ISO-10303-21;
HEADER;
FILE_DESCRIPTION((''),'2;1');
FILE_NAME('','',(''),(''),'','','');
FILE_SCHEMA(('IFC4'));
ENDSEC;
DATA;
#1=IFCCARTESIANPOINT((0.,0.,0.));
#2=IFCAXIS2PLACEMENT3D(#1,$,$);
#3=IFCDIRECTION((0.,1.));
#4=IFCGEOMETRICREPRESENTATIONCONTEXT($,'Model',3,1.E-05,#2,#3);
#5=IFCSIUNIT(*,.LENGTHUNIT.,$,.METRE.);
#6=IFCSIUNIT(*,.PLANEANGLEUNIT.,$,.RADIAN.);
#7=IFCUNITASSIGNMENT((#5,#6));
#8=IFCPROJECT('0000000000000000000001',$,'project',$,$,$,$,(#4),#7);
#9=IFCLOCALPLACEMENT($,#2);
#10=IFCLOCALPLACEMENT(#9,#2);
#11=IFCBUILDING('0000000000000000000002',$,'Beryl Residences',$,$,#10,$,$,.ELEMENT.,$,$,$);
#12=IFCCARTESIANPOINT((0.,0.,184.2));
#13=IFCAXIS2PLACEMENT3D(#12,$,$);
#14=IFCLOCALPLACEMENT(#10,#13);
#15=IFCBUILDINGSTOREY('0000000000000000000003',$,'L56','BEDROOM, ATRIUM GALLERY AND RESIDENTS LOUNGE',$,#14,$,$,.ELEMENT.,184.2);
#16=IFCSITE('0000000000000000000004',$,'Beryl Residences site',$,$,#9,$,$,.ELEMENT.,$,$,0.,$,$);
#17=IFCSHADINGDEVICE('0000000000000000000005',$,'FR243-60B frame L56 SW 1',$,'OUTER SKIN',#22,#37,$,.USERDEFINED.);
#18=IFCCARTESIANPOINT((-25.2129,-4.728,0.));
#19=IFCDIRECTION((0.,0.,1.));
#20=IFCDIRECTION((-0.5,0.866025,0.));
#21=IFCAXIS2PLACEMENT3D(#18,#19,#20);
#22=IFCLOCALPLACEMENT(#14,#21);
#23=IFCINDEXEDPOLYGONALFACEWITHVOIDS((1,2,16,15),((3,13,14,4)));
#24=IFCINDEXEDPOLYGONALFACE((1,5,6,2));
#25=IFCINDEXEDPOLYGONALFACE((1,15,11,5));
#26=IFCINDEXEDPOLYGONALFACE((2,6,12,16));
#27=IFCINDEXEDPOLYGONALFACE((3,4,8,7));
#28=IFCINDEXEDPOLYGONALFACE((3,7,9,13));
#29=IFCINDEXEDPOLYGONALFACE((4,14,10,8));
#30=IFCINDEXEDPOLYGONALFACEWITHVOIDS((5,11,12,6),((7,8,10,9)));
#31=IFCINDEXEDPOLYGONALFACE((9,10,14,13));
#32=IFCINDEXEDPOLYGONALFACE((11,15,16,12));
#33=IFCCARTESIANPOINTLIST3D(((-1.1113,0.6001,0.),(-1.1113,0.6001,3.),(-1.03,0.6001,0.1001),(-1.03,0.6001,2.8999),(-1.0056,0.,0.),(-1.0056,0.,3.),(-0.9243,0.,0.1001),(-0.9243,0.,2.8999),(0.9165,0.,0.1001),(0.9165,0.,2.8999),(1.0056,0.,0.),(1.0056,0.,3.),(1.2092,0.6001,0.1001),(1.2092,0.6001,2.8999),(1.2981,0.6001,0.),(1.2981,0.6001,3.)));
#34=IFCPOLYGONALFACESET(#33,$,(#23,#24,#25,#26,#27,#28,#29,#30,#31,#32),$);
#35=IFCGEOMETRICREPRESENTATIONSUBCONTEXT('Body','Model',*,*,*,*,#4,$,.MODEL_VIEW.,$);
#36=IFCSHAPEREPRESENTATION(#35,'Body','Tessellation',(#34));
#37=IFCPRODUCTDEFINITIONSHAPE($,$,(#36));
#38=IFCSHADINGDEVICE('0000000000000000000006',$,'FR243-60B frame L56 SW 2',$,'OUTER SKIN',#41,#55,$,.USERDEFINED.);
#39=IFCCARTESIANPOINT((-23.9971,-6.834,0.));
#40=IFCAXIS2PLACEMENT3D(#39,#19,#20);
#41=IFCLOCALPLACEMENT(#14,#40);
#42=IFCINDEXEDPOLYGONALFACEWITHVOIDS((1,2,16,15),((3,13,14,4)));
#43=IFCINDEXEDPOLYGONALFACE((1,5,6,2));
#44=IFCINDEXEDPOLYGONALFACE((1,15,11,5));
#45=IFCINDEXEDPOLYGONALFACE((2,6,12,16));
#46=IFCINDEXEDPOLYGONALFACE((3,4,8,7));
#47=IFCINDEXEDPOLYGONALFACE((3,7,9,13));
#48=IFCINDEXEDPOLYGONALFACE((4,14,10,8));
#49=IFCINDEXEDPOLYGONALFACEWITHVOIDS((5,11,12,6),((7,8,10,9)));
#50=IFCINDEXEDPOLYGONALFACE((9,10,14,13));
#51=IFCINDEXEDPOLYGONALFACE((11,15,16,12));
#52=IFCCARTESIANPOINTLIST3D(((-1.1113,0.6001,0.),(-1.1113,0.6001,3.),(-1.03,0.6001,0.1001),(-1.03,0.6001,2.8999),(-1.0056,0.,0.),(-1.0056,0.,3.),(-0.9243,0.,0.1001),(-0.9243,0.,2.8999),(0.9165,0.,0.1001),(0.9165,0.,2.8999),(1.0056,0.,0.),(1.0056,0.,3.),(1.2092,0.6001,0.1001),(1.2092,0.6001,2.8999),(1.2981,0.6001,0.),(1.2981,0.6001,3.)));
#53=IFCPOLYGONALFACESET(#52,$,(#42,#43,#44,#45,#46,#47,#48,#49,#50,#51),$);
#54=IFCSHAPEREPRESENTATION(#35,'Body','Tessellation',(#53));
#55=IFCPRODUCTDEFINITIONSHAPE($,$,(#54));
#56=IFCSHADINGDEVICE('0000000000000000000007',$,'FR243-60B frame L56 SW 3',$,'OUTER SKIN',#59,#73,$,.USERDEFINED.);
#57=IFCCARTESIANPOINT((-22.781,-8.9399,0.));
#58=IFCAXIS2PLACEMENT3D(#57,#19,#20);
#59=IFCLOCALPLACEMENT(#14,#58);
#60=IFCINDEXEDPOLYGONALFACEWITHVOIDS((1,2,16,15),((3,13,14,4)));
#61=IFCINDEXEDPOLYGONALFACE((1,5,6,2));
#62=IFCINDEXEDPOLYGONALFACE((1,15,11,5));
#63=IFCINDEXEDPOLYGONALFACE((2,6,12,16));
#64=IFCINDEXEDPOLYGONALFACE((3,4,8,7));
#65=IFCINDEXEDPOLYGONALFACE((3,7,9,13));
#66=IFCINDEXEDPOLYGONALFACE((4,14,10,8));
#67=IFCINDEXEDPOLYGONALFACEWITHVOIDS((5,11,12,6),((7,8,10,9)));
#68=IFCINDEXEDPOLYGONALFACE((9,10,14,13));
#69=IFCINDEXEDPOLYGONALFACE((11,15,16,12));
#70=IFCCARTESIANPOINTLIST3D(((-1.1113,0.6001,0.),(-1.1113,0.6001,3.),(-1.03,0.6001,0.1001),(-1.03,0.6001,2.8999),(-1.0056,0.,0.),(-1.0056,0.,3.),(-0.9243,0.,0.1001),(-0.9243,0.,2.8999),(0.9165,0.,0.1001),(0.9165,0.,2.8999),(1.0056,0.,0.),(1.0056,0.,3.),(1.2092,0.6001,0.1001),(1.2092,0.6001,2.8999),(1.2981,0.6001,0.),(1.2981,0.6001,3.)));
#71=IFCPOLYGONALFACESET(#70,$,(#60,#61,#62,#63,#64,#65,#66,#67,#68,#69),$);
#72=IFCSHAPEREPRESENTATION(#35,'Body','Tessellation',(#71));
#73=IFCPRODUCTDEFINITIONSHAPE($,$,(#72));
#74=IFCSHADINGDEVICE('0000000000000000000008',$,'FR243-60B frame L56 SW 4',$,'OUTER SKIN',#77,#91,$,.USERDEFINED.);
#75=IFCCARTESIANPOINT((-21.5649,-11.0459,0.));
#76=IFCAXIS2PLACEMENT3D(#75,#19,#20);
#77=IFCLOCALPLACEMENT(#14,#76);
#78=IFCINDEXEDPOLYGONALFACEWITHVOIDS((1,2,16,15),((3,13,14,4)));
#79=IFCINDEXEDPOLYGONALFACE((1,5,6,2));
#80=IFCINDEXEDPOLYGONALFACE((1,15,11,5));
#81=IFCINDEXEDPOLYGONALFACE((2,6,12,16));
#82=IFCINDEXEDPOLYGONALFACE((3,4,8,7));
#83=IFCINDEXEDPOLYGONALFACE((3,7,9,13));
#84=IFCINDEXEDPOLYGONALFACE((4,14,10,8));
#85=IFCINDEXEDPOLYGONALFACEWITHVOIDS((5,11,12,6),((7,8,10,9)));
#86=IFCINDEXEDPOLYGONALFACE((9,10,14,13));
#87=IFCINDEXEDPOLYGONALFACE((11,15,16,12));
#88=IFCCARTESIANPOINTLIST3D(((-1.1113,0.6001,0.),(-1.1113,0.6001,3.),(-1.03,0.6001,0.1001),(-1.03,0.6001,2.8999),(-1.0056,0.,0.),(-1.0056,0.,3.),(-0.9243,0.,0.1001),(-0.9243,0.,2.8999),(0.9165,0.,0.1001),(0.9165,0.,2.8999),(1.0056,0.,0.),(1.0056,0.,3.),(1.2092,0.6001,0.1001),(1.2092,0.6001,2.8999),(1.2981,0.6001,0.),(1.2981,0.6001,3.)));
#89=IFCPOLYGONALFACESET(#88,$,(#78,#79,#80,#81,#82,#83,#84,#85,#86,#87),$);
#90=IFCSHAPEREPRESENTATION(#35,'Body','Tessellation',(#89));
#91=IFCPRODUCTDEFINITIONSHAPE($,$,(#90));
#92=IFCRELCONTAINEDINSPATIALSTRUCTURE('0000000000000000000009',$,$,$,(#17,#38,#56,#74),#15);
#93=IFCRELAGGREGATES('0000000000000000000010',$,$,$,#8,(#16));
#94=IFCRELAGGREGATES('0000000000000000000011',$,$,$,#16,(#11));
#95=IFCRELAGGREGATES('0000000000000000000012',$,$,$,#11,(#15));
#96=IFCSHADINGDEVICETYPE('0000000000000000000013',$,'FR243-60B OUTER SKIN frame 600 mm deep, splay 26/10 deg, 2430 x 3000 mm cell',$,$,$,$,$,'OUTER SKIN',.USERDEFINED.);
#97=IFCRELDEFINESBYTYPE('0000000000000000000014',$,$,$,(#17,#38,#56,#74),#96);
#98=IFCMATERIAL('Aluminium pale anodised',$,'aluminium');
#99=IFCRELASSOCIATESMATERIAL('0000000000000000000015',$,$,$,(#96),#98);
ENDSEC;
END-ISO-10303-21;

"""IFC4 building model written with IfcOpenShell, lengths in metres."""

from ifc_helpers import new_model, entity, si_unit, direction, frame, origin, place, context, subcontext, project, spatial, source, transform, mapped, material, type_object, type_shapes, element, save


model = new_model("IFC4")

# Units and contexts
model_context = context("Model", 3, precision=1e-05, world=origin(), true_north=direction((0.0, 1.0)))
body_context = subcontext(model_context, "Body", "Model", "MODEL_VIEW")
ifc_project = project(units=[si_unit("LENGTHUNIT", "METRE"), si_unit("PLANEANGLEUNIT", "RADIAN")], contexts=[model_context])

# Site, building, storey
site_placement = place(None, origin())
site = spatial("IfcSite", under=ifc_project, at=site_placement, Name="Beryl Residences site", CompositionType="ELEMENT", RefElevation=0.0)
building_placement = place(site_placement, origin())
building = spatial("IfcBuilding", under=site, at=building_placement, Name="Beryl Residences", CompositionType="ELEMENT")
storey_placement = place(building_placement, frame((0.0, 0.0, 184.2)))
storey = spatial("IfcBuildingStorey", under=building, at=storey_placement, Name="L56", Description="BEDROOM, ATRIUM GALLERY AND RESIDENTS LOUNGE", CompositionType="ELEMENT", Elevation=184.2)

# Shading devices
ifc_material_1 = material(Name="Aluminium pale anodised", Category="aluminium")
shading_device_type = type_object("IfcShadingDeviceType", Name="FR243-60B OUTER SKIN frame 600 mm deep, splay 26/10 deg, 2430 x 3000 mm cell", ElementType="OUTER SKIN", PredefinedType="USERDEFINED", material=ifc_material_1)
cartesian_point_1 = entity("IfcCartesianPoint", [-1.0056, 0.0])
cartesian_point_2 = entity("IfcCartesianPoint", [-0.9165, 0.1001])
cartesian_point_3 = entity("IfcCartesianPoint", [-1.2981, 0.0])
cartesian_point_4 = entity("IfcCartesianPoint", [-1.2092, 0.1001])
shared_shape_1 = source(origin(), body_context, "Body", "SweptSolid", [
    entity("IfcExtrudedAreaSolidTapered", entity("IfcArbitraryProfileDefWithVoids", "AREA", None, entity("IfcPolyline", [cartesian_point_1, entity("IfcCartesianPoint", [1.0056, 0.0]), entity("IfcCartesianPoint", [1.0056, 3.0]), entity("IfcCartesianPoint", [-1.0056, 3.0]), cartesian_point_1]), [entity("IfcPolyline", [cartesian_point_2, entity("IfcCartesianPoint", [0.9243, 0.1001]), entity("IfcCartesianPoint", [0.9243, 2.8999]), entity("IfcCartesianPoint", [-0.9165, 2.8999]), cartesian_point_2])]), entity("IfcAxis2Placement3D", entity("IfcCartesianPoint", [0.0, 0.0, 0.0]), entity("IfcDirection", [0.0, 1.0, 0.0]), entity("IfcDirection", [-1.0, 0.0, 0.0])), entity("IfcDirection", [0.0, 0.0, 1.0]), 0.6001, entity("IfcArbitraryProfileDefWithVoids", "AREA", None, entity("IfcPolyline", [cartesian_point_3, entity("IfcCartesianPoint", [1.1113, 0.0]), entity("IfcCartesianPoint", [1.1113, 3.0]), entity("IfcCartesianPoint", [-1.2981, 3.0]), cartesian_point_3]), [entity("IfcPolyline", [cartesian_point_4, entity("IfcCartesianPoint", [1.03, 0.1001]), entity("IfcCartesianPoint", [1.03, 2.8999]), entity("IfcCartesianPoint", [-1.2092, 2.8999]), cartesian_point_4])])),
])
type_shapes(shading_device_type, [shared_shape_1])
for number, where, z_axis, x_axis, name in (
    (1, (-25.2129, -4.728, 0.0), (0.0, 0.0, 1.0), (-0.5, 0.866025, 0.0), "FR243-60B frame L56 SW 1"),
    (2, (-23.9971, -6.834, 0.0), (0.0, 0.0, 1.0), (-0.5, 0.866025, 0.0), "FR243-60B frame L56 SW 2"),
    (3, (-22.781, -8.9399, 0.0), (0.0, 0.0, 1.0), (-0.5, 0.866025, 0.0), "FR243-60B frame L56 SW 3"),
    (4, (-21.5649, -11.0459, 0.0), (0.0, 0.0, 1.0), (-0.5, 0.866025, 0.0), "FR243-60B frame L56 SW 4"),
):
    element("IfcShadingDevice", number, at=place(storey_placement, frame(where, z_axis=z_axis, x_axis=x_axis)), inside=storey, type_object=shading_device_type, Name=name, ObjectType="OUTER SKIN", PredefinedType="USERDEFINED", context=body_context, shape_type="MappedRepresentation", body=[
        mapped(shared_shape_1, transform((0.0, 0.0, 0.0))),
    ])

save(model, "model.ifc")
